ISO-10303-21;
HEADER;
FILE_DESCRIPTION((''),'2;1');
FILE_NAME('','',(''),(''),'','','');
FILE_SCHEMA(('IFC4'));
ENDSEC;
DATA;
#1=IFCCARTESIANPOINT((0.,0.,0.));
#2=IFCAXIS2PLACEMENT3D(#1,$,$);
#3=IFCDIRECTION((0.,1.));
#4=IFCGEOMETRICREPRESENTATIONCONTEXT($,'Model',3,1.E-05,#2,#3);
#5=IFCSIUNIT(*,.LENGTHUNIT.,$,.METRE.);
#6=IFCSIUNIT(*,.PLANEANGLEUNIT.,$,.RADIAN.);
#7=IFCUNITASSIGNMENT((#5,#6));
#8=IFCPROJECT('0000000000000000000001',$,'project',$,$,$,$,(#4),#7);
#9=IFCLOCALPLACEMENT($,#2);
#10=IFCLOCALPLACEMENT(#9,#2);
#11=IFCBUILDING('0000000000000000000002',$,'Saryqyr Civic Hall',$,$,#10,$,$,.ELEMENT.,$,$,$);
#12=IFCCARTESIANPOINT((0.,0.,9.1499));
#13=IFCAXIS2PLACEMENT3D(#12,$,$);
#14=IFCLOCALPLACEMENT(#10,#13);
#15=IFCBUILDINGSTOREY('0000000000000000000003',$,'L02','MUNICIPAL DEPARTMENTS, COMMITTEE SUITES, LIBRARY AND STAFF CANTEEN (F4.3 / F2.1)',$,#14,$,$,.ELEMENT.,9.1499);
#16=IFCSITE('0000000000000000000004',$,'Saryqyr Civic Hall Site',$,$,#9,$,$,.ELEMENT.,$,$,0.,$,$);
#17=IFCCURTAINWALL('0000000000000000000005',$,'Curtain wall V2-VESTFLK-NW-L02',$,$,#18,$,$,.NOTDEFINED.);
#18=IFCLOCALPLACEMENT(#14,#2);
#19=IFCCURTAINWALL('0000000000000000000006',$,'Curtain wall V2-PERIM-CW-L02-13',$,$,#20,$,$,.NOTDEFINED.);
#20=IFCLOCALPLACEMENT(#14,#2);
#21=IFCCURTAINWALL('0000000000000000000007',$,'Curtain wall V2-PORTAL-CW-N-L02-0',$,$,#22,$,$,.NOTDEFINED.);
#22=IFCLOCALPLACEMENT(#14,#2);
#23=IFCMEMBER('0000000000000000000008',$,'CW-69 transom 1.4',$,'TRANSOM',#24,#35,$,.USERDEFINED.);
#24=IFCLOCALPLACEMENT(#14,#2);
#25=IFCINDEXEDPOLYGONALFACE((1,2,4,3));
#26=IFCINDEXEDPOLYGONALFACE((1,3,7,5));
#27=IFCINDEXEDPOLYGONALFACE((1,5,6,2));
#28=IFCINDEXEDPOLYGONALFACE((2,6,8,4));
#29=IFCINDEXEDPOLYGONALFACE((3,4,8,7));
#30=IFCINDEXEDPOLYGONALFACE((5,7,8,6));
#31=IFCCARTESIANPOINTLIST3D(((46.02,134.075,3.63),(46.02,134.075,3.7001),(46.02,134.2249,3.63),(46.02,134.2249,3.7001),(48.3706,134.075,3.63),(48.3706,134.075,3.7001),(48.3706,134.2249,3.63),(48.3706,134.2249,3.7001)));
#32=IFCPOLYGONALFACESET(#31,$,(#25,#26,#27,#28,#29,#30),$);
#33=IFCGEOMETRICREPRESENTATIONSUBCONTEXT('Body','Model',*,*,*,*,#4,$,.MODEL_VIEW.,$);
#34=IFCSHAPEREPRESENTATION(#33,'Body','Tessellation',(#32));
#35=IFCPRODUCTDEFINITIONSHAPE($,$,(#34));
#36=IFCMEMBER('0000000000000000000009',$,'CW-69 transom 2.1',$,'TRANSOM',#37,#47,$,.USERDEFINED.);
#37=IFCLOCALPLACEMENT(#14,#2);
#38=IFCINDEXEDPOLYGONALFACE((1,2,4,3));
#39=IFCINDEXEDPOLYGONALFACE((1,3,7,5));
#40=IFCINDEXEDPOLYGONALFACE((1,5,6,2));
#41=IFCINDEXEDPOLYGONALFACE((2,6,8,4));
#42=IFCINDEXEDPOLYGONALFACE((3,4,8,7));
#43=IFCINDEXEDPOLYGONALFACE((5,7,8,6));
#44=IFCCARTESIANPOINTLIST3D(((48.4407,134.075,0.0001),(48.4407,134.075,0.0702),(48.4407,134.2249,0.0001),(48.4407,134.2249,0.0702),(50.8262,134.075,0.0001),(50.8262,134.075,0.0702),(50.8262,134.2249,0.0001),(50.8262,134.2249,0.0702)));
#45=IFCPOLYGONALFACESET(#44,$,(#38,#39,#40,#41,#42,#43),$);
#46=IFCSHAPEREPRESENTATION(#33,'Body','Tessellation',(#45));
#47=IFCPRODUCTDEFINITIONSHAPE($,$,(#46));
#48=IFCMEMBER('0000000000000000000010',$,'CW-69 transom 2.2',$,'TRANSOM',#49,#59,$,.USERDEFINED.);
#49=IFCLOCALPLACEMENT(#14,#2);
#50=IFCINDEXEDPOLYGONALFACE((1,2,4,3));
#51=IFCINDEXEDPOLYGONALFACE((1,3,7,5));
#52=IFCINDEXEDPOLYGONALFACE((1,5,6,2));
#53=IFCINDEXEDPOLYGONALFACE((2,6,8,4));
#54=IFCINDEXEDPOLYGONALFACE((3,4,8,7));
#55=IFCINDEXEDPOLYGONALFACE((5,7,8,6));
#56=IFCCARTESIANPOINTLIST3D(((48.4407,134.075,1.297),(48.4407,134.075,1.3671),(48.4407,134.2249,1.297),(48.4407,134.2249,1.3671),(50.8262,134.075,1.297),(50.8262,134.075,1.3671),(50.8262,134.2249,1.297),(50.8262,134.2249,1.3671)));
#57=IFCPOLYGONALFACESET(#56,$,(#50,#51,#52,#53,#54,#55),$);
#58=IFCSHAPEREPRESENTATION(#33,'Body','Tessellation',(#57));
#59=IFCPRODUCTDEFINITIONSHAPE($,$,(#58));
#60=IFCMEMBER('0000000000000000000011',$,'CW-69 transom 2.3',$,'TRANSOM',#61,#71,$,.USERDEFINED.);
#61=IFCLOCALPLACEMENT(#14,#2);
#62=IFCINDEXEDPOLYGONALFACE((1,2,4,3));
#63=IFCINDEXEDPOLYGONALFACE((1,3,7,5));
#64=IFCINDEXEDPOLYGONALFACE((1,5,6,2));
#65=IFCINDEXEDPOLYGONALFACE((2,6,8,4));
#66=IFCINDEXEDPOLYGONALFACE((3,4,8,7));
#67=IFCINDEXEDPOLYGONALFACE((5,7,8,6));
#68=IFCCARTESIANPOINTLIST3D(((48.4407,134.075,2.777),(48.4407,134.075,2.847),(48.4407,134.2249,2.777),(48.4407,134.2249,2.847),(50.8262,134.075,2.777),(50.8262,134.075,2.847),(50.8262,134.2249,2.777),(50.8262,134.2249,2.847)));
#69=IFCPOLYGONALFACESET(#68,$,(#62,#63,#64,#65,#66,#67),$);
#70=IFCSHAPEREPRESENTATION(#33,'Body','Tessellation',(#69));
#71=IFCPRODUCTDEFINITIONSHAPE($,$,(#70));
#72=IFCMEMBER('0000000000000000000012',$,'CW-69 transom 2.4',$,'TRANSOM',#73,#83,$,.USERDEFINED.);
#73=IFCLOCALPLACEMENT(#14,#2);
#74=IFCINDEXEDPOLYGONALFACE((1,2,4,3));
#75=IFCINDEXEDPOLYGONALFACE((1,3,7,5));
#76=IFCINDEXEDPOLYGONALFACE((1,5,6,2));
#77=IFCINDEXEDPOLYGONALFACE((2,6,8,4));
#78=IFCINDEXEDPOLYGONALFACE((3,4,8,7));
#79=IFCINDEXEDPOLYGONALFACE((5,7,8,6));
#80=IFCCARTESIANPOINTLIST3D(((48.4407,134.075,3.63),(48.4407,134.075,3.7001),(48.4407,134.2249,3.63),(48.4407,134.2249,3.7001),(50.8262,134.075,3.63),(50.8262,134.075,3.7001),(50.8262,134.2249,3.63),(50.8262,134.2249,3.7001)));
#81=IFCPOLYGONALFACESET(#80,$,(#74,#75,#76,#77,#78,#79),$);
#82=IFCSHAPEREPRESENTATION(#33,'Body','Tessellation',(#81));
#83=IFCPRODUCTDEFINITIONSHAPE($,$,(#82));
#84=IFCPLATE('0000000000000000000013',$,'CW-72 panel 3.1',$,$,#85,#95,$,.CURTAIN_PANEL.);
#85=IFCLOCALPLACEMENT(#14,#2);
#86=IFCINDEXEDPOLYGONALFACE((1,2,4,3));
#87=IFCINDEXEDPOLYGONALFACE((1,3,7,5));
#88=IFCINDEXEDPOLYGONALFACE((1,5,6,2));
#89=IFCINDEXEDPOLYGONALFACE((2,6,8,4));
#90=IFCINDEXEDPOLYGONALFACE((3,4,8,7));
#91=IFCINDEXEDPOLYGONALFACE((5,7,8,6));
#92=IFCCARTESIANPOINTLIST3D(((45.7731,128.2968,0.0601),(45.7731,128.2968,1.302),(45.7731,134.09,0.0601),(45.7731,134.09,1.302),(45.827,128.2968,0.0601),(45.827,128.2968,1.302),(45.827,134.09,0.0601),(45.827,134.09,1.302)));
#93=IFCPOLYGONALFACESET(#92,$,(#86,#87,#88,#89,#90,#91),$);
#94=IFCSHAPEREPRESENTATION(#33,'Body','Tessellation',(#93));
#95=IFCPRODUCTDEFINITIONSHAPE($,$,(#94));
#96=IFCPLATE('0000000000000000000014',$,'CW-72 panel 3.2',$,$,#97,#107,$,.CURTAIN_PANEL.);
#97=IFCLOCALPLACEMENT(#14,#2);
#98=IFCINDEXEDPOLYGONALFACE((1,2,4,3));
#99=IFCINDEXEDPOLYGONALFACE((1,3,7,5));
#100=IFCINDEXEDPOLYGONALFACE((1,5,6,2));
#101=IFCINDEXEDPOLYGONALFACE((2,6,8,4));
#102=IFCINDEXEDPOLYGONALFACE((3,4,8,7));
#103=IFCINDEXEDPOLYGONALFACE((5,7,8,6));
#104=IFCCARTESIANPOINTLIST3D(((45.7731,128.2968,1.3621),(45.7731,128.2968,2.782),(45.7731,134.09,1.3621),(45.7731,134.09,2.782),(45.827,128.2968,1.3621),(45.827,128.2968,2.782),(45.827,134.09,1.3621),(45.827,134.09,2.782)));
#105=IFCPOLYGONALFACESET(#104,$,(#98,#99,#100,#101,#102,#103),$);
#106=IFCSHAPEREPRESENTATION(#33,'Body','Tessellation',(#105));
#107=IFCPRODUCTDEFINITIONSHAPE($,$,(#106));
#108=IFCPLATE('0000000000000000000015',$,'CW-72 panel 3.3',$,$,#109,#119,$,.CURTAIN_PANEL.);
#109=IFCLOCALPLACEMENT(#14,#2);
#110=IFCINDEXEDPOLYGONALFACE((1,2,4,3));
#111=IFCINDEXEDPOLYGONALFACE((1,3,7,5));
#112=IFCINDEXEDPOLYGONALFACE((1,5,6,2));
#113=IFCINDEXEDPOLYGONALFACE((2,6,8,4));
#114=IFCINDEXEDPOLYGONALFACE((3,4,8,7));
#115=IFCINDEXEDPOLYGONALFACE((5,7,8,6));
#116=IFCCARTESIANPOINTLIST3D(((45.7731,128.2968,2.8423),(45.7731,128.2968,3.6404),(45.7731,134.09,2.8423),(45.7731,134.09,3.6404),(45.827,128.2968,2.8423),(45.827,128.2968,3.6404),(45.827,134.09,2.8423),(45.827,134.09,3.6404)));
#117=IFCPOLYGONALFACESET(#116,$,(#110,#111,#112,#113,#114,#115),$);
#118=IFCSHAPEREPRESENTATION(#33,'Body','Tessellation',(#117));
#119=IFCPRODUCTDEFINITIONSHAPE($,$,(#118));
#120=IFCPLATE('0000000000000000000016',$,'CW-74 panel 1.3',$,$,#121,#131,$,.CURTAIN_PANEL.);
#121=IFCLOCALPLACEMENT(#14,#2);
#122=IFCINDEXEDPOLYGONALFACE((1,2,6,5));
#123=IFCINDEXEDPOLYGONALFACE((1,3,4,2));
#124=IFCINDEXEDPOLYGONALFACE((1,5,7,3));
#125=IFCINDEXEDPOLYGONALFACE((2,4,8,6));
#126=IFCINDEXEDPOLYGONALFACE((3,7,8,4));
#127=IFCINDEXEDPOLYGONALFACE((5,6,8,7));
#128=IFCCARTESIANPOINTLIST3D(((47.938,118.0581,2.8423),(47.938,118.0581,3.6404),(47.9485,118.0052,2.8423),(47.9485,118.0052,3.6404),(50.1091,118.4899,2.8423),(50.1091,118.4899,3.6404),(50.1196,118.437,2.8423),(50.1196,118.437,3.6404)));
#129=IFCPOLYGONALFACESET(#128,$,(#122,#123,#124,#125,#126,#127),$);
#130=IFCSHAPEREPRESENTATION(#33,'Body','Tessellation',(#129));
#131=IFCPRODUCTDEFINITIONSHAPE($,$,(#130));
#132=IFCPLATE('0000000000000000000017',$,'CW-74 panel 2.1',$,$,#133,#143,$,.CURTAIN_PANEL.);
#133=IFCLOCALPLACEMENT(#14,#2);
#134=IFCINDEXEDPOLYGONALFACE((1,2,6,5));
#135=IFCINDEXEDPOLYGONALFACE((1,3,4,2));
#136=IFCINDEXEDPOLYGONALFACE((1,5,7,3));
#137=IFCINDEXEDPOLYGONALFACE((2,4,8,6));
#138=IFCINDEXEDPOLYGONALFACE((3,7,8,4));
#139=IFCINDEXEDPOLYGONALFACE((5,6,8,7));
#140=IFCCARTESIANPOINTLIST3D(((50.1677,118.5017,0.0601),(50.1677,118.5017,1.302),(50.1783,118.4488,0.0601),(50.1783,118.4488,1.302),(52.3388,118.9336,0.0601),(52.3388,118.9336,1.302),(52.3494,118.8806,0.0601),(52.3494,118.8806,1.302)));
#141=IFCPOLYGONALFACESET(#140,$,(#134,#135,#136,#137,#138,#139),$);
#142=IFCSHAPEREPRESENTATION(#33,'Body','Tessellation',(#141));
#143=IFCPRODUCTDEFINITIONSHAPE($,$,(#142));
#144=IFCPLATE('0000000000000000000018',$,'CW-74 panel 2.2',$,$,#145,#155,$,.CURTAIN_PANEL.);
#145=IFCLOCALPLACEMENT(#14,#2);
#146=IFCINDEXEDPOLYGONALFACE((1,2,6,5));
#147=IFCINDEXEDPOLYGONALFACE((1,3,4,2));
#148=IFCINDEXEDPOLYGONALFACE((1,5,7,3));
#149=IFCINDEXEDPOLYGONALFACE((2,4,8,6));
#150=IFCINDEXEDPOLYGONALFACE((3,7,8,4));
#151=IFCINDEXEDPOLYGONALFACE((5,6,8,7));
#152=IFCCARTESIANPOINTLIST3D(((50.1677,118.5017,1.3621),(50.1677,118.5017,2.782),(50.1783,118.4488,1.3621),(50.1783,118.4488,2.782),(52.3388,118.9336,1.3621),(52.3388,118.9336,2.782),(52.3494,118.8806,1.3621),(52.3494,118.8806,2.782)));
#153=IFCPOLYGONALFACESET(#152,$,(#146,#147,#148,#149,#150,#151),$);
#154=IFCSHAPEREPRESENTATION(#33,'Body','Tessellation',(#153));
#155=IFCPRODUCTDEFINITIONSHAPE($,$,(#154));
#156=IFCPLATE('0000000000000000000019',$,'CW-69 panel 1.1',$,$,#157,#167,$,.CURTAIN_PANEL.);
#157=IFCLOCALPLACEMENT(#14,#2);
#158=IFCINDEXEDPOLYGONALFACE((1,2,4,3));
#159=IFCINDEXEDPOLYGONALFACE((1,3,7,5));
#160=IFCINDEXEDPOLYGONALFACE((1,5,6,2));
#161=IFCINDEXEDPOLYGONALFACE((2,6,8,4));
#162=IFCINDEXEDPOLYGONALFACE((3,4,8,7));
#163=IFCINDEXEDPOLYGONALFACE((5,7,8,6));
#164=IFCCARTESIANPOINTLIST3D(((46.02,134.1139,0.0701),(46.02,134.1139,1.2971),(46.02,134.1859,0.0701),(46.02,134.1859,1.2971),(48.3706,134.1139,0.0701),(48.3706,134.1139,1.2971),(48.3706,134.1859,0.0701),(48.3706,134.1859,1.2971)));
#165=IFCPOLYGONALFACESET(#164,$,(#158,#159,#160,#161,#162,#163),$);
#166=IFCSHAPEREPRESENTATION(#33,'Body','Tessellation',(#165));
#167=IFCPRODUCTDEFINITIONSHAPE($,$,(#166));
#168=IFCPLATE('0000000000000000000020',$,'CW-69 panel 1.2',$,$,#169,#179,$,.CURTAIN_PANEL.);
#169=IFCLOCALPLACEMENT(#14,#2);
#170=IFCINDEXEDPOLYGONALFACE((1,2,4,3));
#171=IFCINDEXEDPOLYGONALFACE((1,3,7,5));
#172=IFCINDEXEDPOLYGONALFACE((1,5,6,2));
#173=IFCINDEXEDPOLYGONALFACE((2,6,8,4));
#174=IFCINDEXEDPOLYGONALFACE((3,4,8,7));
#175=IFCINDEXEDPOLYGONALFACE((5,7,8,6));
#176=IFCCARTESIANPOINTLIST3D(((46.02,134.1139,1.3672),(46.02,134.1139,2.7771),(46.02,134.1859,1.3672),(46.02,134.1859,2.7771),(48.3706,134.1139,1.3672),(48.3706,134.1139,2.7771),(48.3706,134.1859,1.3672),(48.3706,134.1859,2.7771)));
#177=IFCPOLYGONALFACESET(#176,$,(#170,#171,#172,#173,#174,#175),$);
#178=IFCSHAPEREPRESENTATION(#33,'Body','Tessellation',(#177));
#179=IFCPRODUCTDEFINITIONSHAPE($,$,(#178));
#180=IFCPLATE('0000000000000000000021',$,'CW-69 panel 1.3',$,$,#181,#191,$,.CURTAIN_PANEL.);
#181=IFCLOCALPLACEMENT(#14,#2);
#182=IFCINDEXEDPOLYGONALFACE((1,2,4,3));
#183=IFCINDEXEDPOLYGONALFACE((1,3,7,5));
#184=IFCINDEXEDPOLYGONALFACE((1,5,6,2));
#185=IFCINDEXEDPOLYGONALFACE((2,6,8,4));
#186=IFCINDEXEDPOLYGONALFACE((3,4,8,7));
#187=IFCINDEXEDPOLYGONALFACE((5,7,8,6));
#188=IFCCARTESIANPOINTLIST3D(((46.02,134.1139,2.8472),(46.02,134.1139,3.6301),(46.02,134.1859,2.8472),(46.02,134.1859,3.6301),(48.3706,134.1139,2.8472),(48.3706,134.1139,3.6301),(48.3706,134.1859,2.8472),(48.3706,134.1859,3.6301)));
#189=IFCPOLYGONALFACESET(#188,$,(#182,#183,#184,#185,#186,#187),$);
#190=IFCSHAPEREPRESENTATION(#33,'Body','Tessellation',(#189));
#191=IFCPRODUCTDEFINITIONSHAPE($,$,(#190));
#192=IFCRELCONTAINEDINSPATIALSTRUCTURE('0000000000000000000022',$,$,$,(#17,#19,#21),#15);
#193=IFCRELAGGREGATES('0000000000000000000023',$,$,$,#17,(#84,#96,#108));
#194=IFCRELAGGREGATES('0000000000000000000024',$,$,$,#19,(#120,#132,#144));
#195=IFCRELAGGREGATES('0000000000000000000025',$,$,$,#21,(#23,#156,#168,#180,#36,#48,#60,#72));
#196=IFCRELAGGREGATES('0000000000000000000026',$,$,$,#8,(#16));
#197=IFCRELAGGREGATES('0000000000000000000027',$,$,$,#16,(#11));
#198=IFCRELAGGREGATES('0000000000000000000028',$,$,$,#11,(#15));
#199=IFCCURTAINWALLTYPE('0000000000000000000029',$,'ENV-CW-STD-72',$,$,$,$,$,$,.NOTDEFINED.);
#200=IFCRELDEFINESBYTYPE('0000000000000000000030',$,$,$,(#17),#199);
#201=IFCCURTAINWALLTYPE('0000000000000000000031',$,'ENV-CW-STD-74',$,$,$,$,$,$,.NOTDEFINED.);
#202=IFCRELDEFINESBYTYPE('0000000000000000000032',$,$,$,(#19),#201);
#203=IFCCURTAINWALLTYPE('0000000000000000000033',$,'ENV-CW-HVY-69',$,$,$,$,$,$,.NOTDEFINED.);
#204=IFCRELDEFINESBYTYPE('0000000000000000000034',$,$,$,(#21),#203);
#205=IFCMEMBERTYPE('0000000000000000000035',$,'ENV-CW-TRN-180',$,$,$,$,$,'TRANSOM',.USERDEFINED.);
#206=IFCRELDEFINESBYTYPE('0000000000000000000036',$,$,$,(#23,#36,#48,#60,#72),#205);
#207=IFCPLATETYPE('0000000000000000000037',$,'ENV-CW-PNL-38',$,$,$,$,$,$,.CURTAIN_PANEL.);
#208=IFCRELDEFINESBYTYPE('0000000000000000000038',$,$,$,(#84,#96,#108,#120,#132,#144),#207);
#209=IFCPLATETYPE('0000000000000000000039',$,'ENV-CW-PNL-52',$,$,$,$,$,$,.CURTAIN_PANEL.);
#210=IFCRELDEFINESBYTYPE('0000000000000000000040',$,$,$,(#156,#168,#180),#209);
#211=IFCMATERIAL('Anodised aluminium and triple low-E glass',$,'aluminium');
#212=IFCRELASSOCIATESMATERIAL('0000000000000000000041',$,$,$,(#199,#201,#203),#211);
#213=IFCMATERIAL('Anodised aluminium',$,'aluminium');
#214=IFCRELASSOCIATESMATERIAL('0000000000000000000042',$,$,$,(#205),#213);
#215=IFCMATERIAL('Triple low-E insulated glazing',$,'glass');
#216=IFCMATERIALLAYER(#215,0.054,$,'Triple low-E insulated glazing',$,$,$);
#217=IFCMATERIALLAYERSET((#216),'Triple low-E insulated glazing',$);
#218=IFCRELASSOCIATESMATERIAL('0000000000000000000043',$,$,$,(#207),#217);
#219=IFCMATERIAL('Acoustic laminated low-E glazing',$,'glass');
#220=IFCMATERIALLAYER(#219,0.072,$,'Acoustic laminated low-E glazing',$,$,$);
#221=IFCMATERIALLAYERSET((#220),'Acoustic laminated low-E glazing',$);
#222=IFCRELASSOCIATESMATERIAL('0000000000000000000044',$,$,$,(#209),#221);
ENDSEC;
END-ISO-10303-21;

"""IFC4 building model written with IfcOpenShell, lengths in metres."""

from ifc_helpers import new_model, si_unit, direction, frame, origin, origin_2d, place, context, subcontext, project, spatial, rectangle, extrude, material, layer, layer_set, material_profile, profile_set, type_object, element, aggregate, save


model = new_model("IFC4")

# Units and contexts
model_context = context("Model", 3, precision=1e-05, world=origin(), true_north=direction((0.0, 1.0)))
body_context = subcontext(model_context, "Body", "Model", "MODEL_VIEW")
ifc_project = project(units=[si_unit("LENGTHUNIT", "METRE"), si_unit("PLANEANGLEUNIT", "RADIAN")], contexts=[model_context])

# Site, building, storey
site_placement = place(None, origin())
site = spatial("IfcSite", under=ifc_project, at=site_placement, Name="Saryqyr Civic Hall Site", CompositionType="ELEMENT", RefElevation=0.0)
building_placement = place(site_placement, origin())
building = spatial("IfcBuilding", under=site, at=building_placement, Name="Saryqyr Civic Hall", CompositionType="ELEMENT")
storey_placement = place(building_placement, frame((0.0, 0.0, 9.1499)))
storey = spatial("IfcBuildingStorey", under=building, at=storey_placement, Name="L02", Description="MUNICIPAL DEPARTMENTS, COMMITTEE SUITES, LIBRARY AND STAFF CANTEEN (F4.3 / F2.1)", CompositionType="ELEMENT", Elevation=9.1499)

# Curtain walls
ifc_material_1 = material(Name="Anodised aluminium and triple low-E glass", Category="aluminium")
curtain_wall_type_1 = type_object("IfcCurtainWallType", Name="ENV-CW-STD-72", PredefinedType="NOTDEFINED", material=ifc_material_1)
curtain_wall_1_placement = place(storey_placement, origin())
curtain_wall_1 = element("IfcCurtainWall", 1, at=curtain_wall_1_placement, inside=storey, type_object=curtain_wall_type_1, Name="Curtain wall V2-VESTFLK-NW-L02", PredefinedType="NOTDEFINED")
ifc_material_2 = material(Name="Anodised aluminium", Category="aluminium")
curtain_wall_type_2 = type_object("IfcCurtainWallType", Name="ENV-CW-STD-74", PredefinedType="NOTDEFINED", material=ifc_material_1)
curtain_wall_2_placement = place(storey_placement, origin())
curtain_wall_2 = element("IfcCurtainWall", 2, at=curtain_wall_2_placement, inside=storey, type_object=curtain_wall_type_2, Name="Curtain wall V2-PERIM-CW-L02-13", PredefinedType="NOTDEFINED")

# Curtain wall
curtain_wall_type_3 = type_object("IfcCurtainWallType", Name="ENV-CW-HVY-69", PredefinedType="NOTDEFINED", material=ifc_material_1)
curtain_wall_3_placement = place(storey_placement, origin())
curtain_wall_3 = element("IfcCurtainWall", 3, at=curtain_wall_3_placement, inside=storey, type_object=curtain_wall_type_3, Name="Curtain wall V2-PORTAL-CW-N-L02-0", PredefinedType="NOTDEFINED")

# Members
ifc_material_profile_1 = material_profile(ifc_material_2, rectangle(XDim=0.1499, YDim=0.0701, at=origin_2d()), Name="ALU TRANSOM 150x70")
ifc_profile_set_1 = profile_set([ifc_material_profile_1], Name="Anodised aluminium")
member_type_1 = type_object("IfcMemberType", Name="ENV-CW-TRN-180", ElementType="TRANSOM", PredefinedType="USERDEFINED", material=ifc_profile_set_1)
member_1_placement = place(storey_placement, frame((46.02, 134.1499, 3.665), z_axis=(1.0, 0.0, 0.0), x_axis=(0.0, 1.0, 0.0)))
member_1 = element("IfcMember", 4, at=member_1_placement, type_object=member_type_1, Name="CW-69 transom 1.4", ObjectType="TRANSOM", PredefinedType="USERDEFINED", context=body_context, shape_type="SweptSolid", body=[
    extrude(rectangle(XDim=0.1499, YDim=0.0701, at=origin_2d()), origin(), (0.0, 0.0, 1.0), 2.3506),
])
member_2_placement = place(storey_placement, frame((48.4407, 134.1499, 0.0352), z_axis=(1.0, 0.0, 0.0), x_axis=(0.0, 1.0, 0.0)))
member_2 = element("IfcMember", 5, at=member_2_placement, type_object=member_type_1, Name="CW-69 transom 2.1", ObjectType="TRANSOM", PredefinedType="USERDEFINED", context=body_context, shape_type="SweptSolid", body=[
    extrude(rectangle(XDim=0.1499, YDim=0.0701, at=origin_2d()), origin(), (0.0, 0.0, 1.0), 2.3855),
])
member_3_placement = place(storey_placement, frame((48.4407, 134.1499, 1.332), z_axis=(1.0, 0.0, 0.0), x_axis=(0.0, 1.0, 0.0)))
member_3 = element("IfcMember", 6, at=member_3_placement, type_object=member_type_1, Name="CW-69 transom 2.2", ObjectType="TRANSOM", PredefinedType="USERDEFINED", context=body_context, shape_type="SweptSolid", body=[
    extrude(rectangle(XDim=0.1499, YDim=0.0701, at=origin_2d()), origin(), (0.0, 0.0, 1.0), 2.3855),
])
member_4_placement = place(storey_placement, frame((48.4407, 134.1499, 2.812), z_axis=(1.0, 0.0, 0.0), x_axis=(0.0, 1.0, 0.0)))
member_4 = element("IfcMember", 7, at=member_4_placement, type_object=member_type_1, Name="CW-69 transom 2.3", ObjectType="TRANSOM", PredefinedType="USERDEFINED", context=body_context, shape_type="SweptSolid", body=[
    extrude(rectangle(XDim=0.1499, YDim=0.0701, at=origin_2d()), origin(), (0.0, 0.0, 1.0), 2.3855),
])
member_5_placement = place(storey_placement, frame((48.4407, 134.1499, 3.665), z_axis=(1.0, 0.0, 0.0), x_axis=(0.0, 1.0, 0.0)))
member_5 = element("IfcMember", 8, at=member_5_placement, type_object=member_type_1, Name="CW-69 transom 2.4", ObjectType="TRANSOM", PredefinedType="USERDEFINED", context=body_context, shape_type="SweptSolid", body=[
    extrude(rectangle(XDim=0.1499, YDim=0.0701, at=origin_2d()), origin(), (0.0, 0.0, 1.0), 2.3855),
])

# Plates
ifc_material_3 = material(Name="Triple low-E insulated glazing", Category="glass")
ifc_layer_1 = layer(ifc_material_3, 0.054, Name="Triple low-E insulated glazing")
ifc_layer_set_1 = layer_set([ifc_layer_1], Name="Triple low-E insulated glazing")
plate_type_1 = type_object("IfcPlateType", Name="ENV-CW-PNL-38", PredefinedType="CURTAIN_PANEL", material=ifc_layer_set_1)
plate_1_placement = place(storey_placement, frame((45.8, 131.1934, 0.0601), z_axis=(0.0, 0.0, 1.0), x_axis=(0.0, 1.0, 0.0)))
plate_1 = element("IfcPlate", 9, at=plate_1_placement, type_object=plate_type_1, Name="CW-72 panel 3.1", PredefinedType="CURTAIN_PANEL", context=body_context, shape_type="SweptSolid", body=[
    extrude(rectangle(XDim=5.7932, YDim=0.054, at=origin_2d()), origin(), (0.0, 0.0, 1.0), 1.2419),
])
plate_2_placement = place(storey_placement, frame((45.8, 131.1934, 1.3621), z_axis=(0.0, 0.0, 1.0), x_axis=(0.0, 1.0, 0.0)))
plate_2 = element("IfcPlate", 10, at=plate_2_placement, type_object=plate_type_1, Name="CW-72 panel 3.2", PredefinedType="CURTAIN_PANEL", context=body_context, shape_type="SweptSolid", body=[
    extrude(rectangle(XDim=5.7932, YDim=0.054, at=origin_2d()), origin(), (0.0, 0.0, 1.0), 1.4199),
])
plate_3_placement = place(storey_placement, frame((45.8, 131.1934, 2.8423), z_axis=(0.0, 0.0, 1.0), x_axis=(0.0, 1.0, 0.0)))
plate_3 = element("IfcPlate", 11, at=plate_3_placement, type_object=plate_type_1, Name="CW-72 panel 3.3", PredefinedType="CURTAIN_PANEL", context=body_context, shape_type="SweptSolid", body=[
    extrude(rectangle(XDim=5.7932, YDim=0.054, at=origin_2d()), origin(), (0.0, 0.0, 1.0), 0.7981),
])
aggregate(curtain_wall_1, [plate_1, plate_2, plate_3])
plate_4_placement = place(storey_placement, frame((49.0288, 118.2476, 2.8423), z_axis=(0.0, 0.0, 1.0), x_axis=(0.980785, 0.195093, 0.0)))
plate_4 = element("IfcPlate", 12, at=plate_4_placement, type_object=plate_type_1, Name="CW-74 panel 1.3", PredefinedType="CURTAIN_PANEL", context=body_context, shape_type="SweptSolid", body=[
    extrude(rectangle(XDim=2.2136, YDim=0.054, at=origin_2d()), origin(), (0.0, 0.0, 1.0), 0.7981),
])
plate_5_placement = place(storey_placement, frame((51.2585, 118.6912, 0.0601), z_axis=(0.0, 0.0, 1.0), x_axis=(0.980785, 0.195093, 0.0)))
plate_5 = element("IfcPlate", 13, at=plate_5_placement, type_object=plate_type_1, Name="CW-74 panel 2.1", PredefinedType="CURTAIN_PANEL", context=body_context, shape_type="SweptSolid", body=[
    extrude(rectangle(XDim=2.2136, YDim=0.054, at=origin_2d()), origin(), (0.0, 0.0, 1.0), 1.2419),
])
plate_6_placement = place(storey_placement, frame((51.2585, 118.6912, 1.3621), z_axis=(0.0, 0.0, 1.0), x_axis=(0.980785, 0.195093, 0.0)))
plate_6 = element("IfcPlate", 14, at=plate_6_placement, type_object=plate_type_1, Name="CW-74 panel 2.2", PredefinedType="CURTAIN_PANEL", context=body_context, shape_type="SweptSolid", body=[
    extrude(rectangle(XDim=2.2136, YDim=0.054, at=origin_2d()), origin(), (0.0, 0.0, 1.0), 1.4199),
])
aggregate(curtain_wall_2, [plate_4, plate_5, plate_6])
ifc_material_4 = material(Name="Acoustic laminated low-E glazing", Category="glass")
ifc_layer_2 = layer(ifc_material_4, 0.072, Name="Acoustic laminated low-E glazing")
ifc_layer_set_2 = layer_set([ifc_layer_2], Name="Acoustic laminated low-E glazing")
plate_type_2 = type_object("IfcPlateType", Name="ENV-CW-PNL-52", PredefinedType="CURTAIN_PANEL", material=ifc_layer_set_2)
plate_7_placement = place(storey_placement, frame((47.1953, 134.1499, 0.0701), z_axis=(0.0, 0.0, 1.0), x_axis=(1.0, 0.0, 0.0)))
plate_7 = element("IfcPlate", 15, at=plate_7_placement, type_object=plate_type_2, Name="CW-69 panel 1.1", PredefinedType="CURTAIN_PANEL", context=body_context, shape_type="SweptSolid", body=[
    extrude(rectangle(XDim=2.3506, YDim=0.072, at=origin_2d()), origin(), (0.0, 0.0, 1.0), 1.2271),
])
plate_8_placement = place(storey_placement, frame((47.1953, 134.1499, 1.3672), z_axis=(0.0, 0.0, 1.0), x_axis=(1.0, 0.0, 0.0)))
plate_8 = element("IfcPlate", 16, at=plate_8_placement, type_object=plate_type_2, Name="CW-69 panel 1.2", PredefinedType="CURTAIN_PANEL", context=body_context, shape_type="SweptSolid", body=[
    extrude(rectangle(XDim=2.3506, YDim=0.072, at=origin_2d()), origin(), (0.0, 0.0, 1.0), 1.4099),
])
plate_9_placement = place(storey_placement, frame((47.1953, 134.1499, 2.8472), z_axis=(0.0, 0.0, 1.0), x_axis=(1.0, 0.0, 0.0)))
plate_9 = element("IfcPlate", 17, at=plate_9_placement, type_object=plate_type_2, Name="CW-69 panel 1.3", PredefinedType="CURTAIN_PANEL", context=body_context, shape_type="SweptSolid", body=[
    extrude(rectangle(XDim=2.3506, YDim=0.072, at=origin_2d()), origin(), (0.0, 0.0, 1.0), 0.783),
])
aggregate(curtain_wall_3, [member_1, plate_7, plate_8, plate_9, member_2, member_3, member_4, member_5])

save(model, "model.ifc")
